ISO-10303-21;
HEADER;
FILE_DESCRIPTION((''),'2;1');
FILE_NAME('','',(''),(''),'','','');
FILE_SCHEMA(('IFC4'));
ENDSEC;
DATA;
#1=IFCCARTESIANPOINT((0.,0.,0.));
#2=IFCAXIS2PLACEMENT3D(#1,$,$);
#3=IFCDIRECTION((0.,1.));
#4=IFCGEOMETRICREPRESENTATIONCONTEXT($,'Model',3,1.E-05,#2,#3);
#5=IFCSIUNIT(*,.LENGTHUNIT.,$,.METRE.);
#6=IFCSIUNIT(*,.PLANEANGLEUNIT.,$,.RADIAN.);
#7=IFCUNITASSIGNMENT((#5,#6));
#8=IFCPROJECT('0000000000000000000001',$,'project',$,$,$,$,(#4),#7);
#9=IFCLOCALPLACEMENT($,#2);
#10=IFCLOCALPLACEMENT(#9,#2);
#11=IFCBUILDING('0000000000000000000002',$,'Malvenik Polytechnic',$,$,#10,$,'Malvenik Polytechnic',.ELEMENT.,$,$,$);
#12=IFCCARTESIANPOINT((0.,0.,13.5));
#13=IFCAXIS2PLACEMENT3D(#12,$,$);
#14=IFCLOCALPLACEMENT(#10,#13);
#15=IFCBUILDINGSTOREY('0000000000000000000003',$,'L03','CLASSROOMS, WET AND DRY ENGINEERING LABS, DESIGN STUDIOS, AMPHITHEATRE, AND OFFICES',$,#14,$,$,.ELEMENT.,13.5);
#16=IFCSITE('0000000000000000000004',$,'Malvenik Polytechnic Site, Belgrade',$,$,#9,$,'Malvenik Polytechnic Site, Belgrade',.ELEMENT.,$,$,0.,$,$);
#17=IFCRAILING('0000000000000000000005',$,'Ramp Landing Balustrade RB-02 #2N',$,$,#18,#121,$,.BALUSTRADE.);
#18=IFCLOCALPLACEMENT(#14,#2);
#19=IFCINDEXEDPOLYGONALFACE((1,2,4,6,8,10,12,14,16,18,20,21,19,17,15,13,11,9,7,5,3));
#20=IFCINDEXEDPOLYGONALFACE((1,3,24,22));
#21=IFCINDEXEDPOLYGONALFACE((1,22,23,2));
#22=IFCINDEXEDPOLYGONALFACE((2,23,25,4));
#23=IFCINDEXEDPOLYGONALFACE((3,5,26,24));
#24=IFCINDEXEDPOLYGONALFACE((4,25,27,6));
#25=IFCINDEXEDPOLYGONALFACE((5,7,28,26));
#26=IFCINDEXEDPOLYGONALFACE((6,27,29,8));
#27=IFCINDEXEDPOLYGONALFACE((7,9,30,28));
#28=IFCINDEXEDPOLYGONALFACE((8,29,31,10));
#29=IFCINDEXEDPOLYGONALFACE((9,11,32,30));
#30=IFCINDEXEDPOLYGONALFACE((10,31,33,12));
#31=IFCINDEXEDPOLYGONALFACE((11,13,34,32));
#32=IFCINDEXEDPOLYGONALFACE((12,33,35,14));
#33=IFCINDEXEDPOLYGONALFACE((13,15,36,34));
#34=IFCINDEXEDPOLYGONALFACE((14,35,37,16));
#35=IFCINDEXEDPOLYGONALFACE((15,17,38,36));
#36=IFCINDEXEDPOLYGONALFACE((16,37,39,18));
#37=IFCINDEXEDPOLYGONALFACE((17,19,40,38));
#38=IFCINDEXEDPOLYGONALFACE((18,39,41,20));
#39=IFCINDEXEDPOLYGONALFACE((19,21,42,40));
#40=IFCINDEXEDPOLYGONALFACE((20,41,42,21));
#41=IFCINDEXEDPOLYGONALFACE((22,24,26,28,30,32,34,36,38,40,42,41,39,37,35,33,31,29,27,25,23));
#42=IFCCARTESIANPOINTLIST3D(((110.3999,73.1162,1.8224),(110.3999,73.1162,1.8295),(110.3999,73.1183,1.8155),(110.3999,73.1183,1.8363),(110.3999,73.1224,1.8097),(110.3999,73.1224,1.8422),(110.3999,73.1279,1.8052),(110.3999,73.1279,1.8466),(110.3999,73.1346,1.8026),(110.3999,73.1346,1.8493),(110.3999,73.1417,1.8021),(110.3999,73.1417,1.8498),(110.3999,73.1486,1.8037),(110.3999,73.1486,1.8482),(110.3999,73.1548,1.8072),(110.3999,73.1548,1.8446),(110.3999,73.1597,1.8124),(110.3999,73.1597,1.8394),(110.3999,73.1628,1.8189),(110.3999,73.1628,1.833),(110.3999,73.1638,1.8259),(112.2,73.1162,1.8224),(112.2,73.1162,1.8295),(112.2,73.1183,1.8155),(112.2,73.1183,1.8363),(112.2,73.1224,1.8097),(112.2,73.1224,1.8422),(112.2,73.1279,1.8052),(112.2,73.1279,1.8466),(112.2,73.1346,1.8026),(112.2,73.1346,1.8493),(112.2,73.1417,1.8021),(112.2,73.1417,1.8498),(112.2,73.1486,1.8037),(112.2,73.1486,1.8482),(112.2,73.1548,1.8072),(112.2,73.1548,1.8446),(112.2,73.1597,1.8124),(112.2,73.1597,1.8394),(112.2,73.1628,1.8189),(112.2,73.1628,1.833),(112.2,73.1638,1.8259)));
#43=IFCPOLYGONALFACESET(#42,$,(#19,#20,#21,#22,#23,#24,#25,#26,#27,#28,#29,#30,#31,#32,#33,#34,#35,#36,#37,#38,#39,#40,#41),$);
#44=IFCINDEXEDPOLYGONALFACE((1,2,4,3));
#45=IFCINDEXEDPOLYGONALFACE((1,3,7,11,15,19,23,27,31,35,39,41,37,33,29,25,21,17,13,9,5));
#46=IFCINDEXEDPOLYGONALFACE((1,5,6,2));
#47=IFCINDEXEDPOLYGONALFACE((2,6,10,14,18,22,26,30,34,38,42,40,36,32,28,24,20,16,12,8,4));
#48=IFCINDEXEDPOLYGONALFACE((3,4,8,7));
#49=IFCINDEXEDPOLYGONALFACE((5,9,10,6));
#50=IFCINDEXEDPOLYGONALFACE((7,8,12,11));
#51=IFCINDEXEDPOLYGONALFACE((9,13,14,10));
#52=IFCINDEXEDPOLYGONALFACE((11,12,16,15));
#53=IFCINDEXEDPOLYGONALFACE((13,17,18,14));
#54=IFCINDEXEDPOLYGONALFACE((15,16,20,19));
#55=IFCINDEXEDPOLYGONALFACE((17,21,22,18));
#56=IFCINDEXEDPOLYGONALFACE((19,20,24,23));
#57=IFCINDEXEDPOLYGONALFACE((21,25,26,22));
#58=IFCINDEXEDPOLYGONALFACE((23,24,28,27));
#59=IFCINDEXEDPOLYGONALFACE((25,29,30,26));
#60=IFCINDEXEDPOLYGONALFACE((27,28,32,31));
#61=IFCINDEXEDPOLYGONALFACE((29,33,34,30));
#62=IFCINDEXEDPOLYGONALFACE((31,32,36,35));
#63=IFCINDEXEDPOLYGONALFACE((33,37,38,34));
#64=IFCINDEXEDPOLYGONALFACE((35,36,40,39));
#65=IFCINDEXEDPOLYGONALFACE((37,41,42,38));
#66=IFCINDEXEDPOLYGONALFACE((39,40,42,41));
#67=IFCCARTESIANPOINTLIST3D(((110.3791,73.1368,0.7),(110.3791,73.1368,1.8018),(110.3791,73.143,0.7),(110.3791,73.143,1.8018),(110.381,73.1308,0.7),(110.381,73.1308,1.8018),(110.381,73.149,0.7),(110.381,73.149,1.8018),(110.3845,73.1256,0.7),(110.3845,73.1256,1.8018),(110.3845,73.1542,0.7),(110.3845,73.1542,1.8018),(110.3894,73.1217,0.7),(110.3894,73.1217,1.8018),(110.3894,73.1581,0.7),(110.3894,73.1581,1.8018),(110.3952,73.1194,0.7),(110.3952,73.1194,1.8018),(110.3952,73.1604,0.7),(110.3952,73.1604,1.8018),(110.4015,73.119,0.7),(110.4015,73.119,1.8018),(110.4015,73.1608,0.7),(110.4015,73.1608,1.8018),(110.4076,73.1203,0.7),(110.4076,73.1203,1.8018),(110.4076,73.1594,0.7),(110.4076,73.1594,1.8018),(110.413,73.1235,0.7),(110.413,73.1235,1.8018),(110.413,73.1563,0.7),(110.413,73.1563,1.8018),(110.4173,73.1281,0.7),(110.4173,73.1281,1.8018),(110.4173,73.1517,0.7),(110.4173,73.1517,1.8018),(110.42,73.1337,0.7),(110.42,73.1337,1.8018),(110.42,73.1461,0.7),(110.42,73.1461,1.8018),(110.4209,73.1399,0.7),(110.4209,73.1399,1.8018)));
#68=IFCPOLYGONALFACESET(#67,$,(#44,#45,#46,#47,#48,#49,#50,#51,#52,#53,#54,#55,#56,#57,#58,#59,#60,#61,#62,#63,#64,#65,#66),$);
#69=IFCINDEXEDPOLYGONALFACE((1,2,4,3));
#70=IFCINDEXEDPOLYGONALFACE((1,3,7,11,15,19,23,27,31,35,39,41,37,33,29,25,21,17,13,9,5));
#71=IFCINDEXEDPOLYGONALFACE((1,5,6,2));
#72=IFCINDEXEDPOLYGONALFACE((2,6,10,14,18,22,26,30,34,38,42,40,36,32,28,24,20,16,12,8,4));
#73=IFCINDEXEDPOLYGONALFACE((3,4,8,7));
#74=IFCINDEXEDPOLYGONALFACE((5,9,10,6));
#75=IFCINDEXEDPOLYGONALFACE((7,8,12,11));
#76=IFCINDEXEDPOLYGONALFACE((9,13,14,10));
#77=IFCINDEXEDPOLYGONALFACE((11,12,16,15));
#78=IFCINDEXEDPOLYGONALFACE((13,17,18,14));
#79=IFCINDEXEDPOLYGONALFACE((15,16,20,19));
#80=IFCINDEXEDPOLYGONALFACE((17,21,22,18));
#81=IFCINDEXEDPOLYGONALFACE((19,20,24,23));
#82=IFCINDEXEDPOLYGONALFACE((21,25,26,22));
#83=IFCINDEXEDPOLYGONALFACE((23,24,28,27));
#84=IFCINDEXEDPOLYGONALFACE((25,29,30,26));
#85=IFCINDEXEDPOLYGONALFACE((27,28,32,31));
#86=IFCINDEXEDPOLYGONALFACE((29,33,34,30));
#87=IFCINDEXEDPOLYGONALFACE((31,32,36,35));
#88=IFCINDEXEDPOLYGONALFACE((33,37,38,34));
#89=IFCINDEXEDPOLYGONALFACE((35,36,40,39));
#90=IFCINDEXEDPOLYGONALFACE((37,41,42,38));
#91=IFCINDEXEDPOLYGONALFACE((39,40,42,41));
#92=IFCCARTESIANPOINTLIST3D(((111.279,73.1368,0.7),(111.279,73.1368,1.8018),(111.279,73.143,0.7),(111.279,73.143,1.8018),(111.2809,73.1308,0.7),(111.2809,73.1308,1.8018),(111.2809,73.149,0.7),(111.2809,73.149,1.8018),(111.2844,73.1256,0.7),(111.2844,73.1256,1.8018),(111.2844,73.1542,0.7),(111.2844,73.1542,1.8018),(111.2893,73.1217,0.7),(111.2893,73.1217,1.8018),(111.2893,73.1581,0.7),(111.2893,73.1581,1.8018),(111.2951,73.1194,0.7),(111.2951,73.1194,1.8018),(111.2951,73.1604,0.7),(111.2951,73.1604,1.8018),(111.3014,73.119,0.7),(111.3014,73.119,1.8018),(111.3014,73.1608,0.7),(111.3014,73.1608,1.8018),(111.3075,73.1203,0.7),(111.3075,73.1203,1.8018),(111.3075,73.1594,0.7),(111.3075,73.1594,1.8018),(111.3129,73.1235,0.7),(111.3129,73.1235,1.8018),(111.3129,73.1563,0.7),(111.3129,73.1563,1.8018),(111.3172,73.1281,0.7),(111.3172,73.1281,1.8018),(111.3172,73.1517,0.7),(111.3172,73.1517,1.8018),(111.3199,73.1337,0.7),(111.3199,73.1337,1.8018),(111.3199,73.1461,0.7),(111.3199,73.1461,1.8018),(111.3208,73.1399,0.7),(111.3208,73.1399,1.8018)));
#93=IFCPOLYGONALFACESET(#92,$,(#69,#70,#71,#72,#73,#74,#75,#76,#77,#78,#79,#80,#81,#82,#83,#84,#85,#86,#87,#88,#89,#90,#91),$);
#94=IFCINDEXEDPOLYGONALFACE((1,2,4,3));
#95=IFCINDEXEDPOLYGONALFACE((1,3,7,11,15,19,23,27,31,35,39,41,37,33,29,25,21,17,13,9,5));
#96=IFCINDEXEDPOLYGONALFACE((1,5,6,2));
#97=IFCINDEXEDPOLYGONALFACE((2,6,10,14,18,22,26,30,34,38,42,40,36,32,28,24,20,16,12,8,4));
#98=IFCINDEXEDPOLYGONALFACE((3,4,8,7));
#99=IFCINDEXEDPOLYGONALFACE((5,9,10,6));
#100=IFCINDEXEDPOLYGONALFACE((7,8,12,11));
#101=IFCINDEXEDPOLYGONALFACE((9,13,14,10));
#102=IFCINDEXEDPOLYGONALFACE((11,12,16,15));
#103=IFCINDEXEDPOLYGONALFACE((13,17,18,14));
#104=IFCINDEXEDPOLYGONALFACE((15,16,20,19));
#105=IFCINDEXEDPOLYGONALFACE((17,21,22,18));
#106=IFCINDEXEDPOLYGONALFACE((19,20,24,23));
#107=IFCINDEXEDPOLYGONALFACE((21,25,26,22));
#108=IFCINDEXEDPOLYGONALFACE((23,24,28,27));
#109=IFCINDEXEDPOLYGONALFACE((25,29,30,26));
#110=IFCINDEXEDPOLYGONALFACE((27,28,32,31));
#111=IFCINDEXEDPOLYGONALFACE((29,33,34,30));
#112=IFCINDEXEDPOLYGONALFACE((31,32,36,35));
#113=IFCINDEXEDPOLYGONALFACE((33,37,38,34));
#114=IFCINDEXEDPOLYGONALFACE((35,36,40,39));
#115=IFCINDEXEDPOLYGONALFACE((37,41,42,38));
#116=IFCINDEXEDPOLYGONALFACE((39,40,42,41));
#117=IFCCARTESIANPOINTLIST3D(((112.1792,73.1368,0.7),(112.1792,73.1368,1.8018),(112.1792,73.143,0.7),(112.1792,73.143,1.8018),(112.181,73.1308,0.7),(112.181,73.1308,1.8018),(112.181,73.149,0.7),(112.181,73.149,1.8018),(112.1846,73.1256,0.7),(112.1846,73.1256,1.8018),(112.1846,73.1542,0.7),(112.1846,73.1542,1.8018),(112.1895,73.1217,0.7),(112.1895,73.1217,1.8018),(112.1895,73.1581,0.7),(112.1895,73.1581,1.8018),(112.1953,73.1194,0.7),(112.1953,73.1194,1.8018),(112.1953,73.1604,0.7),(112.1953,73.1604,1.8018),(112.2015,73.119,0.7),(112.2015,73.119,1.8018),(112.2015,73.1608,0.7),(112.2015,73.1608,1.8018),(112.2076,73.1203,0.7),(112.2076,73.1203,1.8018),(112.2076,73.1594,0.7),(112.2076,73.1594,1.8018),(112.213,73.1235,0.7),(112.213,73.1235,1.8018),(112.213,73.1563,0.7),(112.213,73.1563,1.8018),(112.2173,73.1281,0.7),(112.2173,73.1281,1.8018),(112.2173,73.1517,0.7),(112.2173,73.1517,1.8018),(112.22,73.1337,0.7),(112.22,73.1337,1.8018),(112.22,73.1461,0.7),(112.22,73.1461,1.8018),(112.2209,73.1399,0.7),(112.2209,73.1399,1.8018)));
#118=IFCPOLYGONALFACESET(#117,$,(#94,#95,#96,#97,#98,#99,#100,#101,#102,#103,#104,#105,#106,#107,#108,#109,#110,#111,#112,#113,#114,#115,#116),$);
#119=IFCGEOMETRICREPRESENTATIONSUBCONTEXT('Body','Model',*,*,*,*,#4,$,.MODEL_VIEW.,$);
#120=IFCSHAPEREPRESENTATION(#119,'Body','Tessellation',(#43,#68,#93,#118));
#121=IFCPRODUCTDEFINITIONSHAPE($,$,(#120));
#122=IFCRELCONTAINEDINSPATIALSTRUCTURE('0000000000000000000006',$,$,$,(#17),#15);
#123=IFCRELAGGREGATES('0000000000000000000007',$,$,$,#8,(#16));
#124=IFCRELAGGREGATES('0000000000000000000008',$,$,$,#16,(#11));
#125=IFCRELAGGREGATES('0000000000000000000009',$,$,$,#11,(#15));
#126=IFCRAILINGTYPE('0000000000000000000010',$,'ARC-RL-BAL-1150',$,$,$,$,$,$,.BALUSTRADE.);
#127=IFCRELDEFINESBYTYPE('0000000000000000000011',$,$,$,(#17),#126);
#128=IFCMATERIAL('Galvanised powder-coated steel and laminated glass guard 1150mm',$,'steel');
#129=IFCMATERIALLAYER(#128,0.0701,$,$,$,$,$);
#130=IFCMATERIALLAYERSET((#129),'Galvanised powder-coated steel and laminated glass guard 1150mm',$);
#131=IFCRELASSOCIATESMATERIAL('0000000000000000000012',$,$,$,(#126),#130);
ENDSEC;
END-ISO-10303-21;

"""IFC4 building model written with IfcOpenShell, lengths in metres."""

from ifc_helpers import new_model, si_unit, direction, frame, origin, origin_2d, place, context, subcontext, project, spatial, circle, extrude, material, layer, layer_set, type_object, element, save


model = new_model("IFC4")

# Units and contexts
model_context = context("Model", 3, precision=1e-05, world=origin(), true_north=direction((0.0, 1.0)))
body_context = subcontext(model_context, "Body", "Model", "MODEL_VIEW")
ifc_project = project(units=[si_unit("LENGTHUNIT", "METRE"), si_unit("PLANEANGLEUNIT", "RADIAN")], contexts=[model_context])

# Site, building, storey
site_placement = place(None, origin())
site = spatial("IfcSite", under=ifc_project, at=site_placement, Name="Malvenik Polytechnic Site, Belgrade", LongName="Malvenik Polytechnic Site, Belgrade", CompositionType="ELEMENT", RefElevation=0.0)
building_placement = place(site_placement, origin())
building = spatial("IfcBuilding", under=site, at=building_placement, Name="Malvenik Polytechnic", LongName="Malvenik Polytechnic", CompositionType="ELEMENT")
storey_placement = place(building_placement, frame((0.0, 0.0, 13.5)))
storey = spatial("IfcBuildingStorey", under=building, at=storey_placement, Name="L03", Description="CLASSROOMS, WET AND DRY ENGINEERING LABS, DESIGN STUDIOS, AMPHITHEATRE, AND OFFICES", CompositionType="ELEMENT", Elevation=13.5)

# Railing
ifc_material_1 = material(Name="Galvanised powder-coated steel and laminated glass guard 1150mm", Category="steel")
ifc_layer_1 = layer(ifc_material_1, 0.0701)
ifc_layer_set_1 = layer_set([ifc_layer_1], Name="Galvanised powder-coated steel and laminated glass guard 1150mm")
railing_type_1 = type_object("IfcRailingType", Name="ARC-RL-BAL-1150", PredefinedType="BALUSTRADE", material=ifc_layer_set_1)
railing_1_placement = place(storey_placement, frame((110.3999, 73.1399, 0.7)))
element("IfcRailing", 1, at=railing_1_placement, inside=storey, type_object=railing_type_1, Name="Ramp Landing Balustrade RB-02 #2N", PredefinedType="BALUSTRADE", context=body_context, shape_type="SweptSolid", body=[
    extrude(circle(Radius=0.0239, at=origin_2d()), frame((0.0, 0.0, 1.126), z_axis=(1.0, 0.0, 0.0), x_axis=(0.0, 1.0, 0.0)), (0.0, 0.0, 1.0), 1.8),
    extrude(circle(Radius=0.021, at=origin_2d()), origin(), (0.0, 0.0, 1.0), 1.1018),
    extrude(circle(Radius=0.021, at=origin_2d()), frame((0.8999, 0.0, 0.0)), (0.0, 0.0, 1.0), 1.1018),
    extrude(circle(Radius=0.021, at=origin_2d()), frame((1.8, 0.0, 0.0)), (0.0, 0.0, 1.0), 1.1018),
])

save(model, "model.ifc")
